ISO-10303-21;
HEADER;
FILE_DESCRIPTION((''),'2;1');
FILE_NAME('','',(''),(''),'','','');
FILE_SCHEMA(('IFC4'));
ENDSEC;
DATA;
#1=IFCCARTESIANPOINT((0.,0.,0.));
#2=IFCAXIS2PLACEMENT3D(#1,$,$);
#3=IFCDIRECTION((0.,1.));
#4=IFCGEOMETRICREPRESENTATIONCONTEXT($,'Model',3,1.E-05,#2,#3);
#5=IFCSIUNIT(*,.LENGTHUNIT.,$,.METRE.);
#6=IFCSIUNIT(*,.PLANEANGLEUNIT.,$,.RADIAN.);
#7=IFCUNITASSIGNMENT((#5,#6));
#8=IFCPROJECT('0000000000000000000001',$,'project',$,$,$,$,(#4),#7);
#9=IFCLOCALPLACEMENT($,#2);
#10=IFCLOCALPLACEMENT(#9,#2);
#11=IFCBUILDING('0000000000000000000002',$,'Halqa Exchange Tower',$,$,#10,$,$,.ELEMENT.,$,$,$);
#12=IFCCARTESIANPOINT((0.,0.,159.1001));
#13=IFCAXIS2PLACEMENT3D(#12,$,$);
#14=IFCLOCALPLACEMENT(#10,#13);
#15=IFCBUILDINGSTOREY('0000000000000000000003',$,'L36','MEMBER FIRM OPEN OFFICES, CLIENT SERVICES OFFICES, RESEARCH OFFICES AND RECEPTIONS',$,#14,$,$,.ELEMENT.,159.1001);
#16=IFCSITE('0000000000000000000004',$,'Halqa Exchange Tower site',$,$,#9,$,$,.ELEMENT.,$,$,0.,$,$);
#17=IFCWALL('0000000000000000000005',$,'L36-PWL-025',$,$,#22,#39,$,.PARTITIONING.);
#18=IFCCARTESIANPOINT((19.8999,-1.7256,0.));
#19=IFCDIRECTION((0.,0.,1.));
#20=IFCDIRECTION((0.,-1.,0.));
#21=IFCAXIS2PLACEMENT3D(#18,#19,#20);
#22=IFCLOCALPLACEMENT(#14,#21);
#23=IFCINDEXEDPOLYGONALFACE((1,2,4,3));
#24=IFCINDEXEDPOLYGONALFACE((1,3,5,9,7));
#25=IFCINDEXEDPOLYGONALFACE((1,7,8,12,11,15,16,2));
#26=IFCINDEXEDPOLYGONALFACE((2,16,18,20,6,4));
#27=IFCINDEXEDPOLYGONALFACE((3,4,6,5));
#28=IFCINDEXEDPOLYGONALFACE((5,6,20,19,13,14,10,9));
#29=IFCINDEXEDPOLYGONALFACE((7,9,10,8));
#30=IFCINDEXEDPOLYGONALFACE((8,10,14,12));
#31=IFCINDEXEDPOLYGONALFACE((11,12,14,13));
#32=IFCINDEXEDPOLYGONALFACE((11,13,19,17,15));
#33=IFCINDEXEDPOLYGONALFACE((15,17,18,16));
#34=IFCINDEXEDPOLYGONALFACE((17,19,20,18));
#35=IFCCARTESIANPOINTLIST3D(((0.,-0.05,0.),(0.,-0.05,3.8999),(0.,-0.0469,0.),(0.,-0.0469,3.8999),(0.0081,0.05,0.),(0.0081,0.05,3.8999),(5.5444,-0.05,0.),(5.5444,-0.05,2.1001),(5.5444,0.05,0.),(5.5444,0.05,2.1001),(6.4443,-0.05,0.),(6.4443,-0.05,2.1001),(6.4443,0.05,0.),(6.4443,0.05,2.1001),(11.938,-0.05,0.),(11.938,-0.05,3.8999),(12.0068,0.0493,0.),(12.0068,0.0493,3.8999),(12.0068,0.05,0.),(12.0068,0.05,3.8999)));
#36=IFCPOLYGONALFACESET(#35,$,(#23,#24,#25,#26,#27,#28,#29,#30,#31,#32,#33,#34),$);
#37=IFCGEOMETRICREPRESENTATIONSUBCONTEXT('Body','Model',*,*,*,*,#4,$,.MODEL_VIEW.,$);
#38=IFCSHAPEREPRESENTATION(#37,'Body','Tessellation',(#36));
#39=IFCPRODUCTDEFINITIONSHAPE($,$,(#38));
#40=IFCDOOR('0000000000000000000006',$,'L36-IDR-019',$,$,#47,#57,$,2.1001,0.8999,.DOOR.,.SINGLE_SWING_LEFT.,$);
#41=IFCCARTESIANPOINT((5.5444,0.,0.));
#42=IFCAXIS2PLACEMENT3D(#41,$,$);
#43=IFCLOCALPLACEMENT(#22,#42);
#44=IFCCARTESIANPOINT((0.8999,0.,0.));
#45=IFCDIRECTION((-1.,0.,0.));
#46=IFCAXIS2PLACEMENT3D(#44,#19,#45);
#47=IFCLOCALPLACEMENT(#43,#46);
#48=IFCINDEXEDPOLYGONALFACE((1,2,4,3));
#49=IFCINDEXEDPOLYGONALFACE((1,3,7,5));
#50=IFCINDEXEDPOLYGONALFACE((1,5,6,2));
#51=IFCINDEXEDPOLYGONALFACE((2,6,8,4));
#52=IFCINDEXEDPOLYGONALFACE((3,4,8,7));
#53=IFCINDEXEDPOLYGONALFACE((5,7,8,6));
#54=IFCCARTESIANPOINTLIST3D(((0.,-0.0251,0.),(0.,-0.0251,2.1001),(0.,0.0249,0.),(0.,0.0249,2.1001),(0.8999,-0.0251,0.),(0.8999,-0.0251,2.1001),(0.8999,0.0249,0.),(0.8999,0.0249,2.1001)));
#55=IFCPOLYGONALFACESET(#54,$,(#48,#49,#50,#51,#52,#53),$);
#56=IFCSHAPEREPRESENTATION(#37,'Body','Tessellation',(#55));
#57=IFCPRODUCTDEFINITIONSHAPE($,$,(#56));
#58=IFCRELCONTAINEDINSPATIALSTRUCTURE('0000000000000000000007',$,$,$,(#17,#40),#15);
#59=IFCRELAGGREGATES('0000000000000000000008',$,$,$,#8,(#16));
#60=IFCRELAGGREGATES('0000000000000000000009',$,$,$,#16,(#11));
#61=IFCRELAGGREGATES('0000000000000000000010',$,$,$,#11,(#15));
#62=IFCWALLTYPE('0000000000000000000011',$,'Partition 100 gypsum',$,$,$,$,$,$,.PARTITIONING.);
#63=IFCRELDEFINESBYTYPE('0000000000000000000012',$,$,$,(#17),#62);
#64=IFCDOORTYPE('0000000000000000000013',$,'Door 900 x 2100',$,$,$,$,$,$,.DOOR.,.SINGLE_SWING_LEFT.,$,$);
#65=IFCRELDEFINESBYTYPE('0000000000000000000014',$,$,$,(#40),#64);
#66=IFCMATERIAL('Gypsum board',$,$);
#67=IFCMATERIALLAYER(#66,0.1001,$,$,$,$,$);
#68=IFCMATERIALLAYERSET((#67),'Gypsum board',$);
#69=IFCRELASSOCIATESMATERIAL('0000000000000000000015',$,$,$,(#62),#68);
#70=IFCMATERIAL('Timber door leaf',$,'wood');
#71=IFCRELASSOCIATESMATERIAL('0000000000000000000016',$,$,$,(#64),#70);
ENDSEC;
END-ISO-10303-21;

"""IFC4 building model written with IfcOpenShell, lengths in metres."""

from ifc_helpers import new_model, si_unit, direction, frame, frame_2d, origin, place, context, subcontext, project, spatial, polyline, rectangle, outline, extrude, material, layer, layer_set, type_object, element, fill, save


model = new_model("IFC4")

# Units and contexts
model_context = context("Model", 3, precision=1e-05, world=origin(), true_north=direction((0.0, 1.0)))
body_context = subcontext(model_context, "Body", "Model", "MODEL_VIEW")
ifc_project = project(units=[si_unit("LENGTHUNIT", "METRE"), si_unit("PLANEANGLEUNIT", "RADIAN")], contexts=[model_context])

# Site, building, storey
site_placement = place(None, origin())
site = spatial("IfcSite", under=ifc_project, at=site_placement, Name="Halqa Exchange Tower site", CompositionType="ELEMENT", RefElevation=0.0)
building_placement = place(site_placement, origin())
building = spatial("IfcBuilding", under=site, at=building_placement, Name="Halqa Exchange Tower", CompositionType="ELEMENT")
storey_placement = place(building_placement, frame((0.0, 0.0, 159.1001)))
storey = spatial("IfcBuildingStorey", under=building, at=storey_placement, Name="L36", Description="MEMBER FIRM OPEN OFFICES, CLIENT SERVICES OFFICES, RESEARCH OFFICES AND RECEPTIONS", CompositionType="ELEMENT", Elevation=159.1001)

# Wall, opening, door
ifc_material_1 = material(Name="Gypsum board")
ifc_layer_1 = layer(ifc_material_1, 0.1001)
ifc_layer_set_1 = layer_set([ifc_layer_1], Name="Gypsum board")
wall_type_1 = type_object("IfcWallType", Name="Partition 100 gypsum", PredefinedType="PARTITIONING", material=ifc_layer_set_1)
wall_1_placement = place(storey_placement, frame((19.8999, -1.7256, 0.0), z_axis=(0.0, 0.0, 1.0), x_axis=(0.0, -1.0, 0.0)))
wall_1 = element("IfcWall", 1, at=wall_1_placement, inside=storey, type_object=wall_type_1, Name="L36-PWL-025", PredefinedType="PARTITIONING", context=body_context, shape_type="SweptSolid", body=[
    extrude(outline(polyline([(0.0, -0.05), (1.9897, -0.05), (3.9792, -0.05), (5.969, -0.05), (7.9587, -0.05), (9.9485, -0.05), (11.938, -0.05), (12.0068, 0.0493), (12.0068, 0.05), (10.0071, 0.05), (8.0073, 0.05), (6.0073, 0.05), (4.0076, 0.05), (2.0078, 0.05), (0.0081, 0.05), (0.0, -0.0469), (0.0, -0.05)])), origin(), (0.0, 0.0, 1.0), 3.8999),
])
opening_1_placement = place(wall_1_placement, frame((5.5444, 0.0, 0.0)))
opening_1 = element("IfcOpeningElement", 2, at=opening_1_placement, cuts=wall_1, PredefinedType="OPENING", context=body_context, shape_type="SweptSolid", body=[
    extrude(rectangle(XDim=0.8999, YDim=2.1001, at=frame_2d((0.45, 1.05))), frame((0.0, 0.062, 0.0), z_axis=(0.0, -1.0, 0.0), x_axis=(1.0, 0.0, 0.0)), (0.0, 0.0, 1.0), 0.124),
])
ifc_material_2 = material(Name="Timber door leaf", Category="wood")
door_type_1 = type_object("IfcDoorType", Name="Door 900 x 2100", OperationType="SINGLE_SWING_LEFT", PredefinedType="DOOR", material=ifc_material_2)
door_1_placement = place(opening_1_placement, frame((0.8999, 0.0, 0.0), z_axis=(0.0, 0.0, 1.0), x_axis=(-1.0, 0.0, 0.0)))
door_1 = element("IfcDoor", 3, at=door_1_placement, inside=storey, type_object=door_type_1, Name="L36-IDR-019", OperationType="SINGLE_SWING_LEFT", OverallHeight=2.1001, OverallWidth=0.8999, PredefinedType="DOOR", context=body_context, shape_type="SweptSolid", body=[
    extrude(rectangle(XDim=0.8999, YDim=2.1001, at=frame_2d((0.45, 1.05))), frame((0.0, 0.0249, 0.0), z_axis=(0.0, -1.0, 0.0), x_axis=(1.0, 0.0, 0.0)), (0.0, 0.0, 1.0), 0.05),
])
fill(opening_1, door_1)

save(model, "model.ifc")
